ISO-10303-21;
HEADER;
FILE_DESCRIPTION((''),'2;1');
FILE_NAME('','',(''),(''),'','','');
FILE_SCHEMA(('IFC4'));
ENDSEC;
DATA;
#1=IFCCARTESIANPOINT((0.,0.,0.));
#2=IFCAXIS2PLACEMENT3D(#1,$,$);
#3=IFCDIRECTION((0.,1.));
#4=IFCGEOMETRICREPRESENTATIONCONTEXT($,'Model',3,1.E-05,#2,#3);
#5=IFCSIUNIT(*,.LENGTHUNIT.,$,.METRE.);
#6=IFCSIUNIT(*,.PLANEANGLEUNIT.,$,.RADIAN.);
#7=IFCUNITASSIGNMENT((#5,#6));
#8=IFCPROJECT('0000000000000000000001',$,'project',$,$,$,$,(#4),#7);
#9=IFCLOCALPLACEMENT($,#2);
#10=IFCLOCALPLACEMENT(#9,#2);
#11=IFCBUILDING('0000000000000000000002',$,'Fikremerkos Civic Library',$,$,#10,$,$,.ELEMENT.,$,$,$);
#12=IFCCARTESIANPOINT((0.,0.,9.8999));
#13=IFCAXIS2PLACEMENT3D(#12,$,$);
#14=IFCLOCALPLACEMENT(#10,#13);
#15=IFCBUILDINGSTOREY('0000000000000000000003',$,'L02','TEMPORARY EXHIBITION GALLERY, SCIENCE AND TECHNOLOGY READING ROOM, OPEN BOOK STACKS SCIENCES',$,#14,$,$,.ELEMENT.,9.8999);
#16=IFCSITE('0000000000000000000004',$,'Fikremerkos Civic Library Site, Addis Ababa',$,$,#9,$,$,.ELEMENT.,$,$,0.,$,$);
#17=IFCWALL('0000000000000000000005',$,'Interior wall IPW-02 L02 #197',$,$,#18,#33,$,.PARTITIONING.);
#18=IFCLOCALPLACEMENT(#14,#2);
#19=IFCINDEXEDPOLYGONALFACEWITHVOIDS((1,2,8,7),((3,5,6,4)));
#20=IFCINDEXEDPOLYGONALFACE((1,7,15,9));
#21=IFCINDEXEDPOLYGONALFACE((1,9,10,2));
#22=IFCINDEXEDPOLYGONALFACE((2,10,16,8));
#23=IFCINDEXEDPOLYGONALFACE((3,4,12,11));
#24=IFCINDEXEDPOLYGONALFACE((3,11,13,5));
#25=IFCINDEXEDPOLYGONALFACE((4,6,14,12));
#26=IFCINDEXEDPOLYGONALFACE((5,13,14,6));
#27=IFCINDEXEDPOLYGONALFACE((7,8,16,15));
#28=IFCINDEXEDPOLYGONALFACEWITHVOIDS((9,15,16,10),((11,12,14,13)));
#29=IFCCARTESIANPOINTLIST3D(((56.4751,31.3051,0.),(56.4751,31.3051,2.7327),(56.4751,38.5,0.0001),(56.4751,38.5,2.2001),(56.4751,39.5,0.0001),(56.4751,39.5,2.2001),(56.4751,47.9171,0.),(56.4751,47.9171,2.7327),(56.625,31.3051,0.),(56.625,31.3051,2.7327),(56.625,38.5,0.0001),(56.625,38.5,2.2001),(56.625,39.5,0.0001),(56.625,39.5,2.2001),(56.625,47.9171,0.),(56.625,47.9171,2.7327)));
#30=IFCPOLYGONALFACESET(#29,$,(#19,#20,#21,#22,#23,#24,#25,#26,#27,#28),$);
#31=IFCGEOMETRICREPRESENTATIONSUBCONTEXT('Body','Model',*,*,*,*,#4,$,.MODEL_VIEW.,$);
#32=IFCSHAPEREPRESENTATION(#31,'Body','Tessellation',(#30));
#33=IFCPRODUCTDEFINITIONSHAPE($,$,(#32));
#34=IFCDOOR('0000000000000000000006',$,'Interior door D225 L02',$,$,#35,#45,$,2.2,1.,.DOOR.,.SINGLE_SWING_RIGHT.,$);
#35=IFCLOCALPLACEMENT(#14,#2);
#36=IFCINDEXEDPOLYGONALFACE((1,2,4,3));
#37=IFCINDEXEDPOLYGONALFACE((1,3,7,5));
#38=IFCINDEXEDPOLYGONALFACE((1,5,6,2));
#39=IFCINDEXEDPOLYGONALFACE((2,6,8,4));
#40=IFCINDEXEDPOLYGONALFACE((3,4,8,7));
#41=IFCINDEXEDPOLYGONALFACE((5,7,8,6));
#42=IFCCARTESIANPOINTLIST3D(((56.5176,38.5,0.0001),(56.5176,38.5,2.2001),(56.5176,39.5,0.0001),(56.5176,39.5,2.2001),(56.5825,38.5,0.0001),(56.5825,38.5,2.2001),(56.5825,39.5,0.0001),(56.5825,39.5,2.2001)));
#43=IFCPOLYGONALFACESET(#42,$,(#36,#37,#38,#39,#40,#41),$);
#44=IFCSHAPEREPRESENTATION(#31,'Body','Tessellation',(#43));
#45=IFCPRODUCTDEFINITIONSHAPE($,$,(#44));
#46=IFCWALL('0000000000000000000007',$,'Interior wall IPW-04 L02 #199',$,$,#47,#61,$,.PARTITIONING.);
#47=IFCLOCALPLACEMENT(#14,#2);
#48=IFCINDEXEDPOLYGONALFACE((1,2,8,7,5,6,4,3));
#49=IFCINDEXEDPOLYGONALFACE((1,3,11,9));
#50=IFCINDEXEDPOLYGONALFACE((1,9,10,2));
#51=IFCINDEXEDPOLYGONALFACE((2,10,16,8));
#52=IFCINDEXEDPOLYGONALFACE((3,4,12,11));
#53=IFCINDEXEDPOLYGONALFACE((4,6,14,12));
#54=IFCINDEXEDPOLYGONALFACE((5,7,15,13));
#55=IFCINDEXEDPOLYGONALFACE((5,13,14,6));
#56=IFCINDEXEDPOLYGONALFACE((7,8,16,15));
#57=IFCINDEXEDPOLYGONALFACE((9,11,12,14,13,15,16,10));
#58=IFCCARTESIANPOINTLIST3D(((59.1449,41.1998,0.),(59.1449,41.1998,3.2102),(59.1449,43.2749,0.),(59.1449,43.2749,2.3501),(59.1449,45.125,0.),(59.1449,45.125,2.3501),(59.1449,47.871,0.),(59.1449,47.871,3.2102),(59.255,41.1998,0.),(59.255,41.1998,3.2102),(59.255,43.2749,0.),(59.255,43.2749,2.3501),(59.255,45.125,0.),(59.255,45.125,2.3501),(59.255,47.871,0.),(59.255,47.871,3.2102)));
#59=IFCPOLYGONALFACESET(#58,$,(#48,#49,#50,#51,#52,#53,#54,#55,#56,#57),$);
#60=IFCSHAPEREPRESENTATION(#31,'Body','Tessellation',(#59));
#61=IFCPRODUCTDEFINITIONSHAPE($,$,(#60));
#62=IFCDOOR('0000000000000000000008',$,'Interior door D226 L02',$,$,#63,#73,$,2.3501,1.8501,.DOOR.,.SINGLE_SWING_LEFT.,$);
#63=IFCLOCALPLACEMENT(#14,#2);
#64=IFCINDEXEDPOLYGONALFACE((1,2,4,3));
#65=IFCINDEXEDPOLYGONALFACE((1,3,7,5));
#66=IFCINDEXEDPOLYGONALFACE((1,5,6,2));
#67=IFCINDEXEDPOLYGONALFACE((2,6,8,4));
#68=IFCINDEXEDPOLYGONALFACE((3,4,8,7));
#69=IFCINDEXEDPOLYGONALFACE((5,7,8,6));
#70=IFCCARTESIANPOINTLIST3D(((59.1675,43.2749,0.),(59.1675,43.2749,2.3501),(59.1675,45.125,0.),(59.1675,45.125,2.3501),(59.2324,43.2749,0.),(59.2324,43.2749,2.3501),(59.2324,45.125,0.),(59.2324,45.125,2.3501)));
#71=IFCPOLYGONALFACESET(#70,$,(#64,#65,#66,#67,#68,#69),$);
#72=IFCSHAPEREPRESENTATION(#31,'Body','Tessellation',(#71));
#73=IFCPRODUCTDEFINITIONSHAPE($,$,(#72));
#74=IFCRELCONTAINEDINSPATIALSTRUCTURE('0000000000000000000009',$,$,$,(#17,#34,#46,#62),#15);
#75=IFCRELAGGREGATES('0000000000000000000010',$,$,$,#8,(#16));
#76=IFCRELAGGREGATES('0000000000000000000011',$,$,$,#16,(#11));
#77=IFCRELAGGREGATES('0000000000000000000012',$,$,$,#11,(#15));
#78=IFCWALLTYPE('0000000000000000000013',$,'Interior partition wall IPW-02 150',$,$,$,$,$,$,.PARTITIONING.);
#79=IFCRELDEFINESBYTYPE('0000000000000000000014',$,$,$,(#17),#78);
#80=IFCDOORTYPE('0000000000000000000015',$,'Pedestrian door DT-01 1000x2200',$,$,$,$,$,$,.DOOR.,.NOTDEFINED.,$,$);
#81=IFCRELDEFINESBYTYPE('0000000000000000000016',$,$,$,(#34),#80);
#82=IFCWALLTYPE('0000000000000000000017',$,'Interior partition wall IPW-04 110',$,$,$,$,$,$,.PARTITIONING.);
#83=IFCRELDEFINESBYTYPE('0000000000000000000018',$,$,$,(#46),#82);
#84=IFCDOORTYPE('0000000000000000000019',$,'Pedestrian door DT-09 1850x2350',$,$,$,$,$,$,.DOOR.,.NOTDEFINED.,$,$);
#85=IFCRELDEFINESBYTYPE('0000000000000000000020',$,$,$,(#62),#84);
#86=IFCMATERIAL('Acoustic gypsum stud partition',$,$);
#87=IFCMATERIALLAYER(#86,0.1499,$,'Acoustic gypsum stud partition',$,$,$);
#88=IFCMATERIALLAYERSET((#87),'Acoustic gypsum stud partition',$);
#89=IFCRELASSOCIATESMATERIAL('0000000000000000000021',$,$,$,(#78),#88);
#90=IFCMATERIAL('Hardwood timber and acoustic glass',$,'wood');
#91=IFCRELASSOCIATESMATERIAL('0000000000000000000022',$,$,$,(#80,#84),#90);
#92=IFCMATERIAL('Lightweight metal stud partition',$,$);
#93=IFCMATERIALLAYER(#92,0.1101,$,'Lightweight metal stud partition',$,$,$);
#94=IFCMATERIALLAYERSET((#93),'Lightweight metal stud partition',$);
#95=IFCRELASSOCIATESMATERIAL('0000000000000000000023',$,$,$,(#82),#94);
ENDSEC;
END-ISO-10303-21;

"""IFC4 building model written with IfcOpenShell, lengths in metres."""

from ifc_helpers import new_model, si_unit, direction, frame, frame_2d, origin, place, context, subcontext, project, spatial, rectangle, extrude, material, layer, layer_set, type_object, element, fill, save


model = new_model("IFC4")

# Units and contexts
model_context = context("Model", 3, precision=1e-05, world=origin(), true_north=direction((0.0, 1.0)))
body_context = subcontext(model_context, "Body", "Model", "MODEL_VIEW")
ifc_project = project(units=[si_unit("LENGTHUNIT", "METRE"), si_unit("PLANEANGLEUNIT", "RADIAN")], contexts=[model_context])

# Site, building, storey
site_placement = place(None, origin())
site = spatial("IfcSite", under=ifc_project, at=site_placement, Name="Fikremerkos Civic Library Site, Addis Ababa", CompositionType="ELEMENT", RefElevation=0.0)
building_placement = place(site_placement, origin())
building = spatial("IfcBuilding", under=site, at=building_placement, Name="Fikremerkos Civic Library", CompositionType="ELEMENT")
storey_placement = place(building_placement, frame((0.0, 0.0, 9.8999)))
storey = spatial("IfcBuildingStorey", under=building, at=storey_placement, Name="L02", Description="TEMPORARY EXHIBITION GALLERY, SCIENCE AND TECHNOLOGY READING ROOM, OPEN BOOK STACKS SCIENCES", CompositionType="ELEMENT", Elevation=9.8999)

# Walls, openings, doors
ifc_material_1 = material(Name="Acoustic gypsum stud partition")
ifc_layer_1 = layer(ifc_material_1, 0.1499, Name="Acoustic gypsum stud partition")
ifc_layer_set_1 = layer_set([ifc_layer_1], Name="Acoustic gypsum stud partition")
wall_type_1 = type_object("IfcWallType", Name="Interior partition wall IPW-02 150", PredefinedType="PARTITIONING", material=ifc_layer_set_1)
wall_1_placement = place(storey_placement, frame((56.55, 31.3049, 0.0), z_axis=(0.0, 0.0, 1.0), x_axis=(0.0, 1.0, 0.0)))
wall_1 = element("IfcWall", 1, at=wall_1_placement, inside=storey, type_object=wall_type_1, Name="Interior wall IPW-02 L02 #197", PredefinedType="PARTITIONING", context=body_context, shape_type="SweptSolid", body=[
    extrude(rectangle(XDim=16.6121, YDim=0.1499, at=frame_2d((8.3062, 0.0))), origin(), (0.0, 0.0, 1.0), 2.7327),
])
opening_1_placement = place(wall_1_placement, frame((7.1951, 0.0, 0.0)))
opening_1 = element("IfcOpeningElement", 2, at=opening_1_placement, cuts=wall_1, PredefinedType="OPENING", context=body_context, shape_type="SweptSolid", body=[
    extrude(rectangle(XDim=1.0, YDim=2.2, at=frame_2d((0.5, 1.1001))), frame((0.0, 0.085, 0.0), z_axis=(0.0, -1.0, 0.0), x_axis=(1.0, 0.0, 0.0)), (0.0, 0.0, 1.0), 0.1699),
])
ifc_material_2 = material(Name="Hardwood timber and acoustic glass", Category="wood")
door_type_1 = type_object("IfcDoorType", Name="Pedestrian door DT-01 1000x2200", OperationType="NOTDEFINED", PredefinedType="DOOR", material=ifc_material_2)
door_1_placement = place(opening_1_placement, origin())
door_1 = element("IfcDoor", 3, at=door_1_placement, inside=storey, type_object=door_type_1, Name="Interior door D225 L02", OperationType="SINGLE_SWING_RIGHT", OverallHeight=2.2, OverallWidth=1.0, PredefinedType="DOOR", context=body_context, shape_type="SweptSolid", body=[
    extrude(rectangle(XDim=1.0, YDim=2.2, at=frame_2d((0.5, 1.1001))), frame((0.0, 0.0325, 0.0), z_axis=(0.0, -1.0, 0.0), x_axis=(1.0, 0.0, 0.0)), (0.0, 0.0, 1.0), 0.0649),
])
fill(opening_1, door_1)
ifc_material_3 = material(Name="Lightweight metal stud partition")
ifc_layer_2 = layer(ifc_material_3, 0.1101, Name="Lightweight metal stud partition")
ifc_layer_set_2 = layer_set([ifc_layer_2], Name="Lightweight metal stud partition")
wall_type_2 = type_object("IfcWallType", Name="Interior partition wall IPW-04 110", PredefinedType="PARTITIONING", material=ifc_layer_set_2)
wall_2_placement = place(storey_placement, frame((59.2, 41.2, 0.0), z_axis=(0.0, 0.0, 1.0), x_axis=(0.0, 1.0, 0.0)))
wall_2 = element("IfcWall", 4, at=wall_2_placement, inside=storey, type_object=wall_type_2, Name="Interior wall IPW-04 L02 #199", PredefinedType="PARTITIONING", context=body_context, shape_type="SweptSolid", body=[
    extrude(rectangle(XDim=6.6711, YDim=0.1101, at=frame_2d((3.3354, 0.0))), origin(), (0.0, 0.0, 1.0), 3.2102),
])
opening_2_placement = place(wall_2_placement, frame((2.075, 0.0, 0.0)))
opening_2 = element("IfcOpeningElement", 5, at=opening_2_placement, cuts=wall_2, PredefinedType="OPENING", context=body_context, shape_type="SweptSolid", body=[
    extrude(rectangle(XDim=1.8501, YDim=2.3501, at=frame_2d((0.925, 1.175))), frame((0.0, 0.0649, 0.0), z_axis=(0.0, -1.0, 0.0), x_axis=(1.0, 0.0, 0.0)), (0.0, 0.0, 1.0), 0.1301),
])
door_type_2 = type_object("IfcDoorType", Name="Pedestrian door DT-09 1850x2350", OperationType="NOTDEFINED", PredefinedType="DOOR", material=ifc_material_2)
door_2_placement = place(opening_2_placement, origin())
door_2 = element("IfcDoor", 6, at=door_2_placement, inside=storey, type_object=door_type_2, Name="Interior door D226 L02", OperationType="SINGLE_SWING_LEFT", OverallHeight=2.3501, OverallWidth=1.8501, PredefinedType="DOOR", context=body_context, shape_type="SweptSolid", body=[
    extrude(rectangle(XDim=1.8501, YDim=2.3501, at=frame_2d((0.925, 1.175))), frame((0.0, 0.0325, 0.0), z_axis=(0.0, -1.0, 0.0), x_axis=(1.0, 0.0, 0.0)), (0.0, 0.0, 1.0), 0.0649),
])
fill(opening_2, door_2)

save(model, "model.ifc")
